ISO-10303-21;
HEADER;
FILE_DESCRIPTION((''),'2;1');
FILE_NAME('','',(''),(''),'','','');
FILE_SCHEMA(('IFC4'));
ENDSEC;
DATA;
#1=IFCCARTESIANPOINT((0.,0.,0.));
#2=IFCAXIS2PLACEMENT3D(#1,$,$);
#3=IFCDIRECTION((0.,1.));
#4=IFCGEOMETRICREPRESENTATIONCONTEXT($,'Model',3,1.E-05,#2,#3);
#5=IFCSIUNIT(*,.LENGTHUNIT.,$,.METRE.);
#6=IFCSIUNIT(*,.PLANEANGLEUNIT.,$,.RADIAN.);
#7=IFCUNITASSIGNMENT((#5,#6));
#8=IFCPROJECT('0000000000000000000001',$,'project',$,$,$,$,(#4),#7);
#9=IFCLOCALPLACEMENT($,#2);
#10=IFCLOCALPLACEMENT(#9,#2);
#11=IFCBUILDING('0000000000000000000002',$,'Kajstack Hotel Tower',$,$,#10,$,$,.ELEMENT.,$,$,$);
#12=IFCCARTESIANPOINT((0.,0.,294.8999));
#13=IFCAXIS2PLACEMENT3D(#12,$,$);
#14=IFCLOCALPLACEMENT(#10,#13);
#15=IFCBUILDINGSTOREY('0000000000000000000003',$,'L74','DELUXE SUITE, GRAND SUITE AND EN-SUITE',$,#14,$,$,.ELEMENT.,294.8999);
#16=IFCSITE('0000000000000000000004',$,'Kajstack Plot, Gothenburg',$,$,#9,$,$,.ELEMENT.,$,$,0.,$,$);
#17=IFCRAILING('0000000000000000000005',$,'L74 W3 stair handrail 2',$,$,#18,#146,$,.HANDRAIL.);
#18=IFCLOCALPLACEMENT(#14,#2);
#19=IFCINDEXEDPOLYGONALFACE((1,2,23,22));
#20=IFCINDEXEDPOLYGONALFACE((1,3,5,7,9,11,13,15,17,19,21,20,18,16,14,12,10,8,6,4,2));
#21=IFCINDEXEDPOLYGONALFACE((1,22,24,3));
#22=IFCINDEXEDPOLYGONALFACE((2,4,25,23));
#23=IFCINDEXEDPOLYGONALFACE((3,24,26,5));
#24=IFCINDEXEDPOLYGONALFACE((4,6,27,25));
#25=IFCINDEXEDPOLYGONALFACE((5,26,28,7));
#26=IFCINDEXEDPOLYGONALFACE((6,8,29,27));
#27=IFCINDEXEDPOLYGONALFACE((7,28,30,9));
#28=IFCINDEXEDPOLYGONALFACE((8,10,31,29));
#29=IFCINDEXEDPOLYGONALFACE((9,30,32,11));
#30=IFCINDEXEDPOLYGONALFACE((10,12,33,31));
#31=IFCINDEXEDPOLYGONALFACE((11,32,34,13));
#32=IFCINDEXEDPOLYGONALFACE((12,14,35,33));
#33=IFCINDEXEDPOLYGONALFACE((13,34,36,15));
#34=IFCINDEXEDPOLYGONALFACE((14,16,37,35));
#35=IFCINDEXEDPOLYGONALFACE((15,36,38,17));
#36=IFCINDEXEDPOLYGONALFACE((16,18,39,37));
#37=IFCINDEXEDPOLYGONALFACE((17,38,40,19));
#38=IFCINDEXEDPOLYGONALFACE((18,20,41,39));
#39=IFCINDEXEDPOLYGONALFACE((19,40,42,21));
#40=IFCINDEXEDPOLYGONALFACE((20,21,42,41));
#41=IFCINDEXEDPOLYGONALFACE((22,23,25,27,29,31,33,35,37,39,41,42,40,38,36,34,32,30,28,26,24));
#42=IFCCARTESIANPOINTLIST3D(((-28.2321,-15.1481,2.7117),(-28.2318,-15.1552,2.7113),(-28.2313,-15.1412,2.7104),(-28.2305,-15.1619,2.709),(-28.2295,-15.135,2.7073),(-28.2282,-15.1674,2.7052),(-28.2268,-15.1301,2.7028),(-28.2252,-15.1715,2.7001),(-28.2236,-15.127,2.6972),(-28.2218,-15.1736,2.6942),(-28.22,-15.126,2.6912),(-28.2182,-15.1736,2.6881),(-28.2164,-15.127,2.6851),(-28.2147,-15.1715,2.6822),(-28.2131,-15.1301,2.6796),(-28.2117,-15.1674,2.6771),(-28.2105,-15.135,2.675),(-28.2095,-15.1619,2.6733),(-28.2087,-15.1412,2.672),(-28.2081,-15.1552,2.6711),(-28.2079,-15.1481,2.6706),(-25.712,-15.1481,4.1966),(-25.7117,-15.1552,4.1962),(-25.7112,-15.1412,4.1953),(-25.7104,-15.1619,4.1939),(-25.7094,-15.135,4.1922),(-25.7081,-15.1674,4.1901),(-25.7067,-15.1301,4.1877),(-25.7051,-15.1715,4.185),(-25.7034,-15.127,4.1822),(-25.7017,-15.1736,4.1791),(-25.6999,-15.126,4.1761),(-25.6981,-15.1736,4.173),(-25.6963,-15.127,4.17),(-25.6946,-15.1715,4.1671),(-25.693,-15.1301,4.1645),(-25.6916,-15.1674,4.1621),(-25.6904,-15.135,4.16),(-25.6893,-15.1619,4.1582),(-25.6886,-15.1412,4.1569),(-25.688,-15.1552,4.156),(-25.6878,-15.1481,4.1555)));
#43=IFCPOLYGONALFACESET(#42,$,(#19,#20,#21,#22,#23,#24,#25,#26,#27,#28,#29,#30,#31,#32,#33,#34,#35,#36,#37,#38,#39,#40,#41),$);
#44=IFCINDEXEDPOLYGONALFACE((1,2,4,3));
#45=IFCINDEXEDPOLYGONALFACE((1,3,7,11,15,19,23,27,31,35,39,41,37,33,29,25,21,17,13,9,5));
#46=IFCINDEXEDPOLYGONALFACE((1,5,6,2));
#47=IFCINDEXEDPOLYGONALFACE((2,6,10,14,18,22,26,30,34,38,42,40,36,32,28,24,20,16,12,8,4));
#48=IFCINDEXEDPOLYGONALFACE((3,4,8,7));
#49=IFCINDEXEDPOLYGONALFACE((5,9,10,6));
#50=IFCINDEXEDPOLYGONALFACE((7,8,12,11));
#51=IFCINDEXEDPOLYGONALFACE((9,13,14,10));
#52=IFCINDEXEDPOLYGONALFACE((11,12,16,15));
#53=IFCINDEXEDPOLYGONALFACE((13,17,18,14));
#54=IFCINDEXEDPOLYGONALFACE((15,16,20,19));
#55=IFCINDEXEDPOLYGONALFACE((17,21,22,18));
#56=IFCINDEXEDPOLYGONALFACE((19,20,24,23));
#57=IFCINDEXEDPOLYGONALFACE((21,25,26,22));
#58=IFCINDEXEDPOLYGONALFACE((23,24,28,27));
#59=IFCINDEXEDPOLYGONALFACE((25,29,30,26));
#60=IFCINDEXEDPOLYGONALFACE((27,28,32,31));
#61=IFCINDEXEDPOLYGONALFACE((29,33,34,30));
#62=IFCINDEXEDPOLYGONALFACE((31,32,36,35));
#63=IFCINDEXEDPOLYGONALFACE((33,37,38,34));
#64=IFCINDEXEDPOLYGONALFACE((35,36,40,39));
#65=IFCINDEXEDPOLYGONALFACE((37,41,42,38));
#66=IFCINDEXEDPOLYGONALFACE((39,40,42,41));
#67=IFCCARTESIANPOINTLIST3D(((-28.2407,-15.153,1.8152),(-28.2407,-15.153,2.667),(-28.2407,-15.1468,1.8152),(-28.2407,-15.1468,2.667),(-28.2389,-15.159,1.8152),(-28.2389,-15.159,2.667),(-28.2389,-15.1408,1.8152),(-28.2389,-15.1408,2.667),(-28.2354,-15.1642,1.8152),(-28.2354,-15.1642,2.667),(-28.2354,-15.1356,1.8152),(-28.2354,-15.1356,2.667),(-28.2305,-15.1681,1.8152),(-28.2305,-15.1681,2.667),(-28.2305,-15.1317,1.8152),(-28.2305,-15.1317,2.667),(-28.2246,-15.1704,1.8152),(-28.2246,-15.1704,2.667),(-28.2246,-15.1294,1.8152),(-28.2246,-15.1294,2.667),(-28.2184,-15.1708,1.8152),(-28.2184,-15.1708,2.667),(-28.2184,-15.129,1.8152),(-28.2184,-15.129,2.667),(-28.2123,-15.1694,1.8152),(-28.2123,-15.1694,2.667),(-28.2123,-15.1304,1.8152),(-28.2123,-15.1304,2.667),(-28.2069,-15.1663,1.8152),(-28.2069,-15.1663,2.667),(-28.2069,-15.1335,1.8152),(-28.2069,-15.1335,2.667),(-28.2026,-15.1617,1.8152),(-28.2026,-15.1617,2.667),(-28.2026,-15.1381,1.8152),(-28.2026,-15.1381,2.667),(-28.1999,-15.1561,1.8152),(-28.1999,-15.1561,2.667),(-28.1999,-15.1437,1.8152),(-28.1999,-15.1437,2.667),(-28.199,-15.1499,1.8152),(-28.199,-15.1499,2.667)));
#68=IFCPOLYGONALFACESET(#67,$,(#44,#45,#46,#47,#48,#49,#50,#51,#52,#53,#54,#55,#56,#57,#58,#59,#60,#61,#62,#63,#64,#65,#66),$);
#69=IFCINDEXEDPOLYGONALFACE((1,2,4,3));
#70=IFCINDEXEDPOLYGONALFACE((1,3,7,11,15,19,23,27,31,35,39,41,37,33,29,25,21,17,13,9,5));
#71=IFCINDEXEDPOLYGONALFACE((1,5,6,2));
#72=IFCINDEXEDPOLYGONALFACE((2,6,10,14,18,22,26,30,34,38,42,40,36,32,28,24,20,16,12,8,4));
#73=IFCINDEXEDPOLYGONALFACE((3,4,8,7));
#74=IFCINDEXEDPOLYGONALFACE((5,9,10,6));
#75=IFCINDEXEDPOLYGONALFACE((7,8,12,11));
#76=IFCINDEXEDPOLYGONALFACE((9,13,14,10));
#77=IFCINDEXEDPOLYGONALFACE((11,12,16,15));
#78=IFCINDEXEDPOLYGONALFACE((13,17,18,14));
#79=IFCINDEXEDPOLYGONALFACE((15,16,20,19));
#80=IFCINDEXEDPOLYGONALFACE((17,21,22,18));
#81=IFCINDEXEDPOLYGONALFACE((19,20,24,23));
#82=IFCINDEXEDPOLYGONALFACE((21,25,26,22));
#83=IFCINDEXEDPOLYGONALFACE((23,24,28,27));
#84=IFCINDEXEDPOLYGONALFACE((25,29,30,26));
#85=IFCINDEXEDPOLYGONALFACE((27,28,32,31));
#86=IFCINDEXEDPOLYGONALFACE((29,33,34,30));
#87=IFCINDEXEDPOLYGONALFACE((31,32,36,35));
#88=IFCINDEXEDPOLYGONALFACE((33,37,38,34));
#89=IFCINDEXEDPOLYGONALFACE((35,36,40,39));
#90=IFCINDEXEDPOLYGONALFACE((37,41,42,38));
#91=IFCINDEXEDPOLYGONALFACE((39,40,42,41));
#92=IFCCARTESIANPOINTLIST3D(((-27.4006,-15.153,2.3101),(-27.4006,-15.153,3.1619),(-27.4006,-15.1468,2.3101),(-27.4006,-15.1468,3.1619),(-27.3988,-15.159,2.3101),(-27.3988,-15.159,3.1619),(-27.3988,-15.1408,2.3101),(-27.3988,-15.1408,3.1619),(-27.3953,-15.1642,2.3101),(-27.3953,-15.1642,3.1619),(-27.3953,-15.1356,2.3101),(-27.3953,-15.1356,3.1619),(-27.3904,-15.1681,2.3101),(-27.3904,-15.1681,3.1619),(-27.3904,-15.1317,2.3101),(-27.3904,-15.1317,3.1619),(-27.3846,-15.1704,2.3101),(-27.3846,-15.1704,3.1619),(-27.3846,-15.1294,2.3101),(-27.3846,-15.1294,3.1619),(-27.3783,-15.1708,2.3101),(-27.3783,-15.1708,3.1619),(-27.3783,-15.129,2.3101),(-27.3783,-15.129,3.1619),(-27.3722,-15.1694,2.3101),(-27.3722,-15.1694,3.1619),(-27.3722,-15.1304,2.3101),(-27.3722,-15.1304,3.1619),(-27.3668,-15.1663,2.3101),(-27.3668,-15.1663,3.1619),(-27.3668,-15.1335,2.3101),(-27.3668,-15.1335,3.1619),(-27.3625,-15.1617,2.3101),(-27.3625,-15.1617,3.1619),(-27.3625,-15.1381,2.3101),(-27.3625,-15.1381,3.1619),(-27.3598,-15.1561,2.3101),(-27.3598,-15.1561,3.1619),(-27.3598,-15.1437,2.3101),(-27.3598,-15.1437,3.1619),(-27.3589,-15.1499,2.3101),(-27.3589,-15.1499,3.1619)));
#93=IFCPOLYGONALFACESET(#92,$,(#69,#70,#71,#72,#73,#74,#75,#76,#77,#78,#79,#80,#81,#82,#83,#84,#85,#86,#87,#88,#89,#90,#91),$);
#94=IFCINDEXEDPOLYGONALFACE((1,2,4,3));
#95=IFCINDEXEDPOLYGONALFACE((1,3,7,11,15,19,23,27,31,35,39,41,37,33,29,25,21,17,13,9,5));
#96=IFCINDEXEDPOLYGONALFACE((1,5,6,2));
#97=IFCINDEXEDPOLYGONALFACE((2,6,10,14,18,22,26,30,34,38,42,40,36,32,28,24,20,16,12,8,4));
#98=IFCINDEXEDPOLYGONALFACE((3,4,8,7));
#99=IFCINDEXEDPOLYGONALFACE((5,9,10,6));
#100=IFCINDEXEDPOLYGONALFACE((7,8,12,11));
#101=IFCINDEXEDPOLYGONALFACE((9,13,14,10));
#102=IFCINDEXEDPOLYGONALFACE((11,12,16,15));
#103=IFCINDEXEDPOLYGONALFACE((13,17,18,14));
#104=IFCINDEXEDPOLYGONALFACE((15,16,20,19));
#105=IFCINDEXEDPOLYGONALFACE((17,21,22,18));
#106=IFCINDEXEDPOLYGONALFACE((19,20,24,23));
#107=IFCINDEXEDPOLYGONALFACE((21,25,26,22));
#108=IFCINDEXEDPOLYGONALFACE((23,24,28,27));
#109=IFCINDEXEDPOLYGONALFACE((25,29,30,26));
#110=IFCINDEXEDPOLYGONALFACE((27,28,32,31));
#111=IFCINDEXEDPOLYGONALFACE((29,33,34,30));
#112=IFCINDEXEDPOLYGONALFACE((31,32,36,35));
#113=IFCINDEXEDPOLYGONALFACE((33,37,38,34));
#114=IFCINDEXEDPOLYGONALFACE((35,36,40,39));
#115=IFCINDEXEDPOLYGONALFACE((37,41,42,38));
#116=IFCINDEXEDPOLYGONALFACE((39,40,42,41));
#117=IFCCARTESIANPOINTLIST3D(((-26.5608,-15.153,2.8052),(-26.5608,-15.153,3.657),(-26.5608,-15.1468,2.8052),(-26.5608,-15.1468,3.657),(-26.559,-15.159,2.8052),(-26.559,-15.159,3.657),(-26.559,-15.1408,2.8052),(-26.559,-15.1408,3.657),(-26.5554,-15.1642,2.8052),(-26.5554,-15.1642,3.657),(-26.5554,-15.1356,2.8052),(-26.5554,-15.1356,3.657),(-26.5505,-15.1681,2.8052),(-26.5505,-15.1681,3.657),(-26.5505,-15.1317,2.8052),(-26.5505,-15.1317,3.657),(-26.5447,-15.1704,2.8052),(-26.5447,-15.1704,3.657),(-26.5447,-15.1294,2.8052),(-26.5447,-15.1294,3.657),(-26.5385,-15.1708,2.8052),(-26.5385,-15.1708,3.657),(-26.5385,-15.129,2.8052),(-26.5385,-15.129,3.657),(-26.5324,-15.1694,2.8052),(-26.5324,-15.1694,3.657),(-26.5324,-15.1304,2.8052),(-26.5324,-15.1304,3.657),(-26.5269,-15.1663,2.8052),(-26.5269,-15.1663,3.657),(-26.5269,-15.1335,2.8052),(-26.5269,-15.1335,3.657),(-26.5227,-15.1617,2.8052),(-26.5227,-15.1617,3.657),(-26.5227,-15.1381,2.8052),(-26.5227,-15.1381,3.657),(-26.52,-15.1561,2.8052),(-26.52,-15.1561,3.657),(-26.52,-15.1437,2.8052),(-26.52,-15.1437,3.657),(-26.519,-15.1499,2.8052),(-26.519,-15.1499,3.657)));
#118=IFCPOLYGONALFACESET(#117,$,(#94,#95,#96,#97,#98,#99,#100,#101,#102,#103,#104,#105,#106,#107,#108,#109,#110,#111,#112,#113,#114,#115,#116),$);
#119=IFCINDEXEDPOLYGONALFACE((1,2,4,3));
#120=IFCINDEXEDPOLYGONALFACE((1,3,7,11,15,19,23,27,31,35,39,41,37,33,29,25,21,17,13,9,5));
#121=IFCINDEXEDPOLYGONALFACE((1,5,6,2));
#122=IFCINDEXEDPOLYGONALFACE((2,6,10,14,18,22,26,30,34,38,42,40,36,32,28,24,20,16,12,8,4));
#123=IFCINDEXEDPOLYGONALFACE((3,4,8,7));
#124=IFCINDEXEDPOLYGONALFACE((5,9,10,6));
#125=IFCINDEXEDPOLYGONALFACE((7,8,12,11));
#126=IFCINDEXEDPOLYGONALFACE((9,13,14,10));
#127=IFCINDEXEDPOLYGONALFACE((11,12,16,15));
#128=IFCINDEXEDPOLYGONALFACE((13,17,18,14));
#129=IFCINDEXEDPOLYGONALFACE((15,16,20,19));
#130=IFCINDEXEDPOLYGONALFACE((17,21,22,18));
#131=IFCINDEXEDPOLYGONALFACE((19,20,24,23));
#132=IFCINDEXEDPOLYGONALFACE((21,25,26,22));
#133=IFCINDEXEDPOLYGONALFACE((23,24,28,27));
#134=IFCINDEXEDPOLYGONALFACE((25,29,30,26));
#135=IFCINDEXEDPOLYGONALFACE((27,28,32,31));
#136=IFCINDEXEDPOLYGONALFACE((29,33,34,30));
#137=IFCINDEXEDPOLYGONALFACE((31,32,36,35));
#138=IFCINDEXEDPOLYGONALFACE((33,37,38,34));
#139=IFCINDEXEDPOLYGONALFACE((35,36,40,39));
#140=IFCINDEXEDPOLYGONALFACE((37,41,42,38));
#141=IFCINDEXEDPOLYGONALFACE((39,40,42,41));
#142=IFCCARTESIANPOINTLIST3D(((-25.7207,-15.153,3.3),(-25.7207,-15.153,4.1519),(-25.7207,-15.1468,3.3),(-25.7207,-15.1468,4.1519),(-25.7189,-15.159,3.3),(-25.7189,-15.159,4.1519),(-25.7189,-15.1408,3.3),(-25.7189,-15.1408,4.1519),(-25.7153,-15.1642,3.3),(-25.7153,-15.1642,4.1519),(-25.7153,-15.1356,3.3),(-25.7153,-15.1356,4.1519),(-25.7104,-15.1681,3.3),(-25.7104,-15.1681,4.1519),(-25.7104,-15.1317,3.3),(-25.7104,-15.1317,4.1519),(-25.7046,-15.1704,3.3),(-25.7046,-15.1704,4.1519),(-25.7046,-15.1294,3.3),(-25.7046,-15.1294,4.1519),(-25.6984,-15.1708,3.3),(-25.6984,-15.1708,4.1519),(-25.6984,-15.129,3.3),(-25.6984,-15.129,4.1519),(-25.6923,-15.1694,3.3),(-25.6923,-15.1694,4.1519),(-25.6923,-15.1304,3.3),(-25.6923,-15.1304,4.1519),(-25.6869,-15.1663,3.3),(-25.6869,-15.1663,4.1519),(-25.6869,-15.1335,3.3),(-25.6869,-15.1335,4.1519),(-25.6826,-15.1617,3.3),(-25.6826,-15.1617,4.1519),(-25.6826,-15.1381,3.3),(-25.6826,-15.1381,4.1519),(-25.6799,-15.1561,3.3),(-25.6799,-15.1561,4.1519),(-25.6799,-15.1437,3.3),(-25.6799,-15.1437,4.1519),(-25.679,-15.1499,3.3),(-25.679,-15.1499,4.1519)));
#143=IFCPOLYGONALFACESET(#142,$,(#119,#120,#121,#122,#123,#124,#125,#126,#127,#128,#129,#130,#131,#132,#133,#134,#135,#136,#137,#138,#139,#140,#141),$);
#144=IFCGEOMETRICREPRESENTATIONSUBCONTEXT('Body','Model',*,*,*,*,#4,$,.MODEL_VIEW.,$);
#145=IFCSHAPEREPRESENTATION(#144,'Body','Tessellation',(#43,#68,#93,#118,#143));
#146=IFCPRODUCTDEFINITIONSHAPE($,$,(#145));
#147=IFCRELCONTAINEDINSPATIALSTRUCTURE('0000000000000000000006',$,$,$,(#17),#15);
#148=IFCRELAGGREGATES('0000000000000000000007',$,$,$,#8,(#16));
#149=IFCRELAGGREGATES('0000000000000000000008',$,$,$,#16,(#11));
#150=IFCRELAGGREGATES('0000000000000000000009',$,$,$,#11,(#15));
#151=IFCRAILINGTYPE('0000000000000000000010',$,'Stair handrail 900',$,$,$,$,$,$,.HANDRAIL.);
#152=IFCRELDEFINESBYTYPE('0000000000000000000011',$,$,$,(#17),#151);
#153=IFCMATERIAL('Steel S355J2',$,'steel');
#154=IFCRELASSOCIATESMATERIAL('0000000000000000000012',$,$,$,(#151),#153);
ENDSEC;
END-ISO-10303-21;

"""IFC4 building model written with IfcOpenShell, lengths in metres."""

from ifc_helpers import new_model, si_unit, direction, frame, origin, origin_2d, place, context, subcontext, project, spatial, circle, extrude, material, type_object, element, save


model = new_model("IFC4")

# Units and contexts
model_context = context("Model", 3, precision=1e-05, world=origin(), true_north=direction((0.0, 1.0)))
body_context = subcontext(model_context, "Body", "Model", "MODEL_VIEW")
ifc_project = project(units=[si_unit("LENGTHUNIT", "METRE"), si_unit("PLANEANGLEUNIT", "RADIAN")], contexts=[model_context])

# Site, building, storey
site_placement = place(None, origin())
site = spatial("IfcSite", under=ifc_project, at=site_placement, Name="Kajstack Plot, Gothenburg", CompositionType="ELEMENT", RefElevation=0.0)
building_placement = place(site_placement, origin())
building = spatial("IfcBuilding", under=site, at=building_placement, Name="Kajstack Hotel Tower", CompositionType="ELEMENT")
storey_placement = place(building_placement, frame((0.0, 0.0, 294.8999)))
storey = spatial("IfcBuildingStorey", under=building, at=storey_placement, Name="L74", Description="DELUXE SUITE, GRAND SUITE AND EN-SUITE", CompositionType="ELEMENT", Elevation=294.8999)

# Railing
ifc_material_1 = material(Name="Steel S355J2", Category="steel")
railing_type_1 = type_object("IfcRailingType", Name="Stair handrail 900", PredefinedType="HANDRAIL", material=ifc_material_1)
railing_1_placement = place(storey_placement, frame((-28.22, -15.1499, 1.8152)))
element("IfcRailing", 1, at=railing_1_placement, inside=storey, type_object=railing_type_1, Name="L74 W3 stair handrail 2", PredefinedType="HANDRAIL", context=body_context, shape_type="SweptSolid", body=[
    extrude(circle(Radius=0.0239, at=origin_2d()), frame((0.0, 0.0, 0.876), z_axis=(0.861561, 0.0, 0.507655), x_axis=(0.0, 1.0, 0.0)), (0.0, 0.0, 1.0), 2.925),
    extrude(circle(Radius=0.021, at=origin_2d()), origin(), (0.0, 0.0, 1.0), 0.8518),
    extrude(circle(Radius=0.021, at=origin_2d()), frame((0.8401, 0.0, 0.4949)), (0.0, 0.0, 1.0), 0.8518),
    extrude(circle(Radius=0.021, at=origin_2d()), frame((1.6799, 0.0, 0.99)), (0.0, 0.0, 1.0), 0.8518),
    extrude(circle(Radius=0.021, at=origin_2d()), frame((2.52, 0.0, 1.4849)), (0.0, 0.0, 1.0), 0.8518),
])

save(model, "model.ifc")
